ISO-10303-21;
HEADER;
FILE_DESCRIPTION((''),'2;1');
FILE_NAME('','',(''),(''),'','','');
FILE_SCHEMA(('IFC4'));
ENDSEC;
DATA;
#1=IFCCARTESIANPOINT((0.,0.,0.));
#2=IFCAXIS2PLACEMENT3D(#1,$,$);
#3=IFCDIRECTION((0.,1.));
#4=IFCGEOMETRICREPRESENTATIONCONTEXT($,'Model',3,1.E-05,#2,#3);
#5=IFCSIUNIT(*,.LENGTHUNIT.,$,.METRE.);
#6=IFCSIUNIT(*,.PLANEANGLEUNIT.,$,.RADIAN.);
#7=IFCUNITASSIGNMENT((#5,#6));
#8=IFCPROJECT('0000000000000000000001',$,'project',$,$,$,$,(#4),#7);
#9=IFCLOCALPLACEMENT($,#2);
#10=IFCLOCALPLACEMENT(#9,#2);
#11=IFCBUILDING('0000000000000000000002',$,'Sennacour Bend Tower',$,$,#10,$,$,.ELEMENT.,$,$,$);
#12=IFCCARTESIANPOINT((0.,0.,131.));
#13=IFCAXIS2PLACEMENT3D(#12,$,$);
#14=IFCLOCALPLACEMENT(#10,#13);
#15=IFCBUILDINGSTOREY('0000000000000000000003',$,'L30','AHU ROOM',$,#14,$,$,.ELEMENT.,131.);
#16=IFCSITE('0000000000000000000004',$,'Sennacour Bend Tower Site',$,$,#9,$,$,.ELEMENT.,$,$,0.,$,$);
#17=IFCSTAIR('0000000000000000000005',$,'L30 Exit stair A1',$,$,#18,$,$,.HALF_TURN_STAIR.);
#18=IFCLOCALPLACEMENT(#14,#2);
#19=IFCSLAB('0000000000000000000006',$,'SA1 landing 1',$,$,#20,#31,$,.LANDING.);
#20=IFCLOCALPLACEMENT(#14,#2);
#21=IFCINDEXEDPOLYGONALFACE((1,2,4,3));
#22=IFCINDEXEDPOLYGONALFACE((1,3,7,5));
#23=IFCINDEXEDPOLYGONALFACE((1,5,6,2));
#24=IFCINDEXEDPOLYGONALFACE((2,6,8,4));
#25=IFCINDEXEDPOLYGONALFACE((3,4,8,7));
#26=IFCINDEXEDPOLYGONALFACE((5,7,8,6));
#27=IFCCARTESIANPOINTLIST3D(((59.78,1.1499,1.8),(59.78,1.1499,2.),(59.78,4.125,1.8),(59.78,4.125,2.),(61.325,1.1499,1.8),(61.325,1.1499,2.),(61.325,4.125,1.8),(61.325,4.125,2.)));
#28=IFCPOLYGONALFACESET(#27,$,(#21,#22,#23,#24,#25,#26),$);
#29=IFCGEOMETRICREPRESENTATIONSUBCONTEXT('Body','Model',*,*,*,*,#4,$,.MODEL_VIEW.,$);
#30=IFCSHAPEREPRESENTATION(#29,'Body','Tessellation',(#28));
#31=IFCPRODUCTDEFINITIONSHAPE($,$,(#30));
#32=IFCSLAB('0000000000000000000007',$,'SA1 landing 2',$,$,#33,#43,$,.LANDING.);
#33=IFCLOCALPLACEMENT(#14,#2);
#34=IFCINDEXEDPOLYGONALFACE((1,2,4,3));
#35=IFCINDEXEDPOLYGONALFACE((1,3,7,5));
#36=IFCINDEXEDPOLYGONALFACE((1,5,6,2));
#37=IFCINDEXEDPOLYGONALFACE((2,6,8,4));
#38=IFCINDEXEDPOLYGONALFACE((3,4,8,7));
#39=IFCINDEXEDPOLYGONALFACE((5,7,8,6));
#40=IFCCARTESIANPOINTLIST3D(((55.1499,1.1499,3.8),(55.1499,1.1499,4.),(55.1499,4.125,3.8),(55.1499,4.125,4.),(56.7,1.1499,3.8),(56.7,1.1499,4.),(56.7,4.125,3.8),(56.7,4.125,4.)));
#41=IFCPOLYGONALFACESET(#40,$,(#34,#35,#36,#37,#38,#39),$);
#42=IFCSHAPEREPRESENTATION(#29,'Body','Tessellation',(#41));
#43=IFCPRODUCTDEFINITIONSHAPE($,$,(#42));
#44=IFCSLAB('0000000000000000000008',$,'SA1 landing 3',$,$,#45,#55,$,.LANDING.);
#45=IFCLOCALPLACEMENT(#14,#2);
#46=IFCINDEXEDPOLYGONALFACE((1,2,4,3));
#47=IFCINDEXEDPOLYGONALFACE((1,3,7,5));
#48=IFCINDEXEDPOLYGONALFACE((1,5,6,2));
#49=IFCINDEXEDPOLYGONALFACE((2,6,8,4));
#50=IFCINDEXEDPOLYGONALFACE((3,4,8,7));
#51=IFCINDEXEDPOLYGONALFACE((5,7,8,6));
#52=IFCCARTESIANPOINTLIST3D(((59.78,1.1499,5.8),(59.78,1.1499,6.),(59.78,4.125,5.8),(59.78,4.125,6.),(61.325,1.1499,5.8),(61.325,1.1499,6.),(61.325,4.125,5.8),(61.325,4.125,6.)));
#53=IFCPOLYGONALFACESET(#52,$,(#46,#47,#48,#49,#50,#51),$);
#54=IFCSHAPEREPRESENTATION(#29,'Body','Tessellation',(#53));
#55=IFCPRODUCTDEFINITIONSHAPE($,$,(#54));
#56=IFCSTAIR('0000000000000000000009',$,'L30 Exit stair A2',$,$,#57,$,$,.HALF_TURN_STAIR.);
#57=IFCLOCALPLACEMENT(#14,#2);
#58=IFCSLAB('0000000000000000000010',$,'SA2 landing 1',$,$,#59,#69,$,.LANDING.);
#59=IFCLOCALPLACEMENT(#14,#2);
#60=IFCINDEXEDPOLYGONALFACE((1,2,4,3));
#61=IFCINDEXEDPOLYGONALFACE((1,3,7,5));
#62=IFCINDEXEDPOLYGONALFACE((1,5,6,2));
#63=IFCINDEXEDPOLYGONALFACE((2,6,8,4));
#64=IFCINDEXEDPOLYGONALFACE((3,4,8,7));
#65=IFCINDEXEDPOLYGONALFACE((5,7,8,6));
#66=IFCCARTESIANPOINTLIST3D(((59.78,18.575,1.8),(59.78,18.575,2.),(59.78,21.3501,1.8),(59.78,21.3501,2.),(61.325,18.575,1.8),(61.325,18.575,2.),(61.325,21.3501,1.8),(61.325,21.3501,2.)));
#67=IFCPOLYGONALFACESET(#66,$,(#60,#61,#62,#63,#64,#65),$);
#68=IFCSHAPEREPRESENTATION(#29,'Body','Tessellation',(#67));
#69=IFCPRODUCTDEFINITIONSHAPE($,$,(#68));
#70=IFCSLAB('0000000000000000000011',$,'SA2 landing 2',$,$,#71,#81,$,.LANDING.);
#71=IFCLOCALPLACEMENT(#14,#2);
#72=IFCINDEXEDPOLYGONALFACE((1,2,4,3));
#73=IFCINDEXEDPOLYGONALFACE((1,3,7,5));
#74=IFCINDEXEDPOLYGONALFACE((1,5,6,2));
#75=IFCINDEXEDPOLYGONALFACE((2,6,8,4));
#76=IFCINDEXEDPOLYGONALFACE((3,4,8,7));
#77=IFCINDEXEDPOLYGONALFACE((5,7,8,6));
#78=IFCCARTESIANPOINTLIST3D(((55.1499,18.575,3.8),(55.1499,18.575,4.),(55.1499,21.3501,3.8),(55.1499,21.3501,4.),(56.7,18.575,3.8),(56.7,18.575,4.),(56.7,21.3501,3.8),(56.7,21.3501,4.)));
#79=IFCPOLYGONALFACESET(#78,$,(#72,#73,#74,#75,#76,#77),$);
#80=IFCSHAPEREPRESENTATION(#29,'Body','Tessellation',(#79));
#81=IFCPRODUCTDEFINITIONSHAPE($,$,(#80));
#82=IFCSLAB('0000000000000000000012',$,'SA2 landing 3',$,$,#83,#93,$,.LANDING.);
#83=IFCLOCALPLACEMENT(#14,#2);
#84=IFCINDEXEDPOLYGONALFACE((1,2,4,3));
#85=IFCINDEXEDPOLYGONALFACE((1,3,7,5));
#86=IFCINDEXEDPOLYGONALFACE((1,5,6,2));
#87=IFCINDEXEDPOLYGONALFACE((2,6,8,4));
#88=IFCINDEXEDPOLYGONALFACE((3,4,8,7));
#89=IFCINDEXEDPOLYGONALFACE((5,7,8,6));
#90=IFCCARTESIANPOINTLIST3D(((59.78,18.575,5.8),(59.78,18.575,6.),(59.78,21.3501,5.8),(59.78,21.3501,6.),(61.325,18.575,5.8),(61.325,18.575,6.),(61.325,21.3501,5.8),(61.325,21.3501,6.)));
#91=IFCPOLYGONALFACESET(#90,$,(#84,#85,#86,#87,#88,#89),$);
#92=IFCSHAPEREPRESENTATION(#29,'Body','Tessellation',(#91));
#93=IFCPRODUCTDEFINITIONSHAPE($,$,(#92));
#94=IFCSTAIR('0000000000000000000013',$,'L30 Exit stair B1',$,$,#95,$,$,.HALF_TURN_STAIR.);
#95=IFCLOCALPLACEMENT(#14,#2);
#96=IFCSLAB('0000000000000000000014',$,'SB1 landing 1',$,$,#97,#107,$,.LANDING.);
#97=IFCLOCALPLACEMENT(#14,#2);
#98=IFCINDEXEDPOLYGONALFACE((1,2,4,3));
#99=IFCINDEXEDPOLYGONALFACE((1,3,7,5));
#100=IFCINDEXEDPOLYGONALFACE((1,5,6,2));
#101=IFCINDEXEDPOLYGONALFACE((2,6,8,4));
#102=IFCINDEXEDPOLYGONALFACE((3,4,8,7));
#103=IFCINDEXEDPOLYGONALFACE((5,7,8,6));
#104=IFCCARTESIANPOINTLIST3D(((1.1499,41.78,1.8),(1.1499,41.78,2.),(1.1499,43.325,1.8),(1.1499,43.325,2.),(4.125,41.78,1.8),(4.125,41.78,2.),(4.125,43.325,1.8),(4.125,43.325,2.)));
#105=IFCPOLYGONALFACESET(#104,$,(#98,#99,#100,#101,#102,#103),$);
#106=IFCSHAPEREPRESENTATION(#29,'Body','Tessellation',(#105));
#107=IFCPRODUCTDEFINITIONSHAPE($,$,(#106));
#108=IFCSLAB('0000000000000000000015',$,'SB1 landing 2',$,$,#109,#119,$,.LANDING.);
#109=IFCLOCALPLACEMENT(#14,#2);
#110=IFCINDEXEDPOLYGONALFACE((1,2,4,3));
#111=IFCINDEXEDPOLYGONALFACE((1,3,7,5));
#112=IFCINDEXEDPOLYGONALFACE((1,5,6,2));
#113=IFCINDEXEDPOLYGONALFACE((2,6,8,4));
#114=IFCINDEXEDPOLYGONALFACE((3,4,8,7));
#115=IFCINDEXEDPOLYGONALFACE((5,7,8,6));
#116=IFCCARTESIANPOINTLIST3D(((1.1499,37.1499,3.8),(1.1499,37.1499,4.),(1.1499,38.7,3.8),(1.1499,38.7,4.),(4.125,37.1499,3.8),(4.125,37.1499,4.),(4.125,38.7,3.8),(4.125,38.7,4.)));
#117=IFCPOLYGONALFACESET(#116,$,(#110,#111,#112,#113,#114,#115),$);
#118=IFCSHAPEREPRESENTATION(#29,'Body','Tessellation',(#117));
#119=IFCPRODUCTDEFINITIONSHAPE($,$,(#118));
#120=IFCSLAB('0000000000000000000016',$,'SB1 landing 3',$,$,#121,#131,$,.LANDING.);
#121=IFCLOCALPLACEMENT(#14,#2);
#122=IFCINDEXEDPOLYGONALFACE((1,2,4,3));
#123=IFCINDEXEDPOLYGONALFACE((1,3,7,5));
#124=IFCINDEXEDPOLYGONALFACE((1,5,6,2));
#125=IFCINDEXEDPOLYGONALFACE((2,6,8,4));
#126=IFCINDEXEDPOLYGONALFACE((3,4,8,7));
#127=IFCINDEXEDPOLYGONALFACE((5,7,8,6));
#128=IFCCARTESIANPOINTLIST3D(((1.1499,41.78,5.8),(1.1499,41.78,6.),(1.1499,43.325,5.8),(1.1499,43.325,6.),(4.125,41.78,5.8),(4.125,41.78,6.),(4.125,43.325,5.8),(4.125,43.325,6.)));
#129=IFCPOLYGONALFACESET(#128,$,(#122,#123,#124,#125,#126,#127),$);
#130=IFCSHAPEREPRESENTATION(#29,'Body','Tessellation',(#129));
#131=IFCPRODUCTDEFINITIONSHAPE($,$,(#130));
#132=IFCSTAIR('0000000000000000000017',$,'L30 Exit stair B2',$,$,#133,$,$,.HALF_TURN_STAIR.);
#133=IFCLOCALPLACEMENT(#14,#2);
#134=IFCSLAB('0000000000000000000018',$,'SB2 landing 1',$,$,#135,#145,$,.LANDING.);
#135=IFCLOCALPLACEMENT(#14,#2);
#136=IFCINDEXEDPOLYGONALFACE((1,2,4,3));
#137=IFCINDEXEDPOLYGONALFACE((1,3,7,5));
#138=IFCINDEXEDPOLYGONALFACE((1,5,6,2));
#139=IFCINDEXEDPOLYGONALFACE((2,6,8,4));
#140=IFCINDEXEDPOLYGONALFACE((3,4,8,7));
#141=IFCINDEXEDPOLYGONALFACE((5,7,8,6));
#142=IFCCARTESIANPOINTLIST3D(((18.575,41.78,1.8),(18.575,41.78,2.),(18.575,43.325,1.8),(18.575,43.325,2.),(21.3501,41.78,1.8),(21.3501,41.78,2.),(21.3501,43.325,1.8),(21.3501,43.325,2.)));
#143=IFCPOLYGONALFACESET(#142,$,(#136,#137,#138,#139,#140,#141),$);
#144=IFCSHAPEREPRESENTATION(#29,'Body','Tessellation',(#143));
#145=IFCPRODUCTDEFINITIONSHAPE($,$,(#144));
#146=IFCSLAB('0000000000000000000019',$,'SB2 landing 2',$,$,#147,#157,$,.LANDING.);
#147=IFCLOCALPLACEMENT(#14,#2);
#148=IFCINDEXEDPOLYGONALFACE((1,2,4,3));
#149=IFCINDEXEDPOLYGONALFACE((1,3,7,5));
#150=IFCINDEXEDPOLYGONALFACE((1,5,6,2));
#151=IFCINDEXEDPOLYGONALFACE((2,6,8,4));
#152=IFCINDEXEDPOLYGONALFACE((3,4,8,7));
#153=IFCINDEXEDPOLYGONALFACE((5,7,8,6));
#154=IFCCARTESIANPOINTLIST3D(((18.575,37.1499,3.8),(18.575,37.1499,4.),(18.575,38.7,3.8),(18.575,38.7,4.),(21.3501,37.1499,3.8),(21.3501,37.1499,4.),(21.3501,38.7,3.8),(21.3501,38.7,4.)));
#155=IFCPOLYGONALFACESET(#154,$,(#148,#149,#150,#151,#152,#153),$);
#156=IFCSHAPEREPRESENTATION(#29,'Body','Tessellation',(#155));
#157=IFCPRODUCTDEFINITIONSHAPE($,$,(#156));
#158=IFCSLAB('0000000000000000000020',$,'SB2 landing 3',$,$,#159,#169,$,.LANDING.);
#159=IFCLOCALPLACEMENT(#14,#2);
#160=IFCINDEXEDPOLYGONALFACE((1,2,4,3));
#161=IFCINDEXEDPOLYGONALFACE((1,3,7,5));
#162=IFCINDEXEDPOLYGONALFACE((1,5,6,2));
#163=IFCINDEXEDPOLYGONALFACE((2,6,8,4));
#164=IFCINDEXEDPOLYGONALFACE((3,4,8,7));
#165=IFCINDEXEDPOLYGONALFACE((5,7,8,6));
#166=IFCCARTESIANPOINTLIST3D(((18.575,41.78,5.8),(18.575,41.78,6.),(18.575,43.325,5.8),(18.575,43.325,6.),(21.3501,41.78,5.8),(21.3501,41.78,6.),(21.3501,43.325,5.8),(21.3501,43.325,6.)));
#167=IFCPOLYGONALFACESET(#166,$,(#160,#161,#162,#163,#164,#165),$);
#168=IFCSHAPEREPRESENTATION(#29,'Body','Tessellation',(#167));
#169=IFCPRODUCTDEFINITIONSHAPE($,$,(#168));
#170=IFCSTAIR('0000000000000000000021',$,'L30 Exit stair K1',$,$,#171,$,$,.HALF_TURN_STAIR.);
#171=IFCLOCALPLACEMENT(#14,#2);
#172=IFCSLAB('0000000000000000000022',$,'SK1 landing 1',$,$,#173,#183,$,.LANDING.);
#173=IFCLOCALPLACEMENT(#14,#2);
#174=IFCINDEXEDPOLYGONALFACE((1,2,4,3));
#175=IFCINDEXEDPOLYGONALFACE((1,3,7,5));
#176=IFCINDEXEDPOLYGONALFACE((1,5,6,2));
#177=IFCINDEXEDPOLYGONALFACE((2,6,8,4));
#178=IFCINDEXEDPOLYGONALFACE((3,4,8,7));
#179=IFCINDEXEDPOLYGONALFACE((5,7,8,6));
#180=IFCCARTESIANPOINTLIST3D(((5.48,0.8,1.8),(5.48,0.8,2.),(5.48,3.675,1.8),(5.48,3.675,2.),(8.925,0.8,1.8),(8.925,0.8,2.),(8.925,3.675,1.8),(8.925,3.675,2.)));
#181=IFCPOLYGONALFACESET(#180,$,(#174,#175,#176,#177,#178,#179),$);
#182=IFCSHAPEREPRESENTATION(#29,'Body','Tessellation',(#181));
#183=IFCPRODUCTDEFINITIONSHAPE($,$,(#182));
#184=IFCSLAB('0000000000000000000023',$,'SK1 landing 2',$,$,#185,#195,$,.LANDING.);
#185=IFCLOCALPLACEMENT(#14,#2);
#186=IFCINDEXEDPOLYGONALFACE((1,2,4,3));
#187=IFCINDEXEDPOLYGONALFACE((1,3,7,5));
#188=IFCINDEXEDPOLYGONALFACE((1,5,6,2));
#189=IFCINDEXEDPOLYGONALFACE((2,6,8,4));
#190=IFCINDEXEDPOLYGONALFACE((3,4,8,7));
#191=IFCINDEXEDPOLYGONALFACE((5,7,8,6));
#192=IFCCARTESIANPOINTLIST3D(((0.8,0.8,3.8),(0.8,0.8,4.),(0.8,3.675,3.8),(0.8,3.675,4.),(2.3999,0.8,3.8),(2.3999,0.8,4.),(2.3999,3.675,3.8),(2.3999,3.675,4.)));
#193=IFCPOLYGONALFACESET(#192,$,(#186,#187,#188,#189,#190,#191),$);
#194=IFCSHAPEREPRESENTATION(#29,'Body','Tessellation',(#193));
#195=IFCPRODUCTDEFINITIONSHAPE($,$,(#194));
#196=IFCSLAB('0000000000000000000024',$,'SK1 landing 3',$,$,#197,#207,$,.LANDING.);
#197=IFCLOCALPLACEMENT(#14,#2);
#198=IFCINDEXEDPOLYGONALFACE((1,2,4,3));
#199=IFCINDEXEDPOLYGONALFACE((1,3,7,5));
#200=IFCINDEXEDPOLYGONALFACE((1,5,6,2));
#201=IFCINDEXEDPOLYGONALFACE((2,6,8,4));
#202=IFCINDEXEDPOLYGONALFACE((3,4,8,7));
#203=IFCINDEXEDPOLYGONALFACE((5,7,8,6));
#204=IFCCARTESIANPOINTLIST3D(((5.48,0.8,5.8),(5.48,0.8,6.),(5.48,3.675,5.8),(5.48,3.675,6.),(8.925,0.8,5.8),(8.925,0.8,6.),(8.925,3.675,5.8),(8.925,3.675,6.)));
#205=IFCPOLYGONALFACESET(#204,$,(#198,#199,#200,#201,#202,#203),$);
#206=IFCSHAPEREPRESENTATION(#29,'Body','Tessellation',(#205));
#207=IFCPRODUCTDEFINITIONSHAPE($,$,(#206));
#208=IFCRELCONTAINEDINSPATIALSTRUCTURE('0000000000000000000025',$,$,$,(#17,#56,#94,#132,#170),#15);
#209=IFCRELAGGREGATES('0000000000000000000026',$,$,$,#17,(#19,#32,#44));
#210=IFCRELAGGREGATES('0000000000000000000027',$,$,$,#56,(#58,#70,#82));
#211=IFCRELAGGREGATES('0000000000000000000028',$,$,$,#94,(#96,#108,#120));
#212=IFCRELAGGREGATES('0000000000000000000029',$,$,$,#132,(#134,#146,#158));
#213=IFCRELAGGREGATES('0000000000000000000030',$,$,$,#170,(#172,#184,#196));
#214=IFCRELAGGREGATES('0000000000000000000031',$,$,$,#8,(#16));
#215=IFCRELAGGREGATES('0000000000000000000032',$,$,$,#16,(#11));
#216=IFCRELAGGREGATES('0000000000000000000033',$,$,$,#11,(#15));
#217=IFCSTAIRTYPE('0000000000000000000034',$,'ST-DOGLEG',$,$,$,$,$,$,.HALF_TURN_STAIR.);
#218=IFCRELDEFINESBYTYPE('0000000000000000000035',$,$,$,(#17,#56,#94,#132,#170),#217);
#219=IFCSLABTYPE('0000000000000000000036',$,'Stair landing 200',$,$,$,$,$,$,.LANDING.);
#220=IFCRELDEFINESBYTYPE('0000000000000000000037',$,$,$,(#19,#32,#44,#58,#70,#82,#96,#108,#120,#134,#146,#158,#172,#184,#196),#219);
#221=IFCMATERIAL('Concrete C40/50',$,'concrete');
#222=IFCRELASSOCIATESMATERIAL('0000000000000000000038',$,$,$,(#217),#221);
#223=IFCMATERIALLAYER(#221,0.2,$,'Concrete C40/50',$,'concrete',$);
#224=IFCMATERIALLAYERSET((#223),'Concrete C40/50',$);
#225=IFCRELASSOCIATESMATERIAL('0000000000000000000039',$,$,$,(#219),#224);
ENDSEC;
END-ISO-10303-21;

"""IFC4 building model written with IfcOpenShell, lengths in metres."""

from ifc_helpers import new_model, si_unit, direction, frame, origin, place, context, subcontext, project, spatial, polyline, outline, extrude, material, layer, layer_set, type_object, element, aggregate, save


model = new_model("IFC4")

# Units and contexts
model_context = context("Model", 3, precision=1e-05, world=origin(), true_north=direction((0.0, 1.0)))
body_context = subcontext(model_context, "Body", "Model", "MODEL_VIEW")
ifc_project = project(units=[si_unit("LENGTHUNIT", "METRE"), si_unit("PLANEANGLEUNIT", "RADIAN")], contexts=[model_context])

# Site, building, storey
site_placement = place(None, origin())
site = spatial("IfcSite", under=ifc_project, at=site_placement, Name="Sennacour Bend Tower Site", CompositionType="ELEMENT", RefElevation=0.0)
building_placement = place(site_placement, origin())
building = spatial("IfcBuilding", under=site, at=building_placement, Name="Sennacour Bend Tower", CompositionType="ELEMENT")
storey_placement = place(building_placement, frame((0.0, 0.0, 131.0)))
storey = spatial("IfcBuildingStorey", under=building, at=storey_placement, Name="L30", Description="AHU ROOM", CompositionType="ELEMENT", Elevation=131.0)

# Shared definitions
ifc_material_1 = material(Name="Concrete C40/50", Category="concrete")

# Stairs, slabs
stair_type = type_object("IfcStairType", Name="ST-DOGLEG", PredefinedType="HALF_TURN_STAIR", material=ifc_material_1)
stair_1_placement = place(storey_placement, origin())
stair_1 = element("IfcStair", 1, at=stair_1_placement, inside=storey, type_object=stair_type, Name="L30 Exit stair A1", PredefinedType="HALF_TURN_STAIR")
ifc_layer_1 = layer(ifc_material_1, 0.2, Name="Concrete C40/50", Category="concrete")
ifc_layer_set_1 = layer_set([ifc_layer_1], Name="Concrete C40/50")
slab_type_1 = type_object("IfcSlabType", Name="Stair landing 200", PredefinedType="LANDING", material=ifc_layer_set_1)
slab_1_placement = place(storey_placement, frame((0.0, 0.0, 1.8)))
slab_1 = element("IfcSlab", 2, at=slab_1_placement, type_object=slab_type_1, Name="SA1 landing 1", PredefinedType="LANDING", context=body_context, shape_type="SweptSolid", body=[
    extrude(outline(polyline([(59.78, 1.1499), (61.325, 1.1499), (61.325, 4.125), (59.78, 4.125), (59.78, 1.1499)])), origin(), (0.0, 0.0, 1.0), 0.2),
])
slab_2_placement = place(storey_placement, frame((0.0, 0.0, 3.8)))
slab_2 = element("IfcSlab", 3, at=slab_2_placement, type_object=slab_type_1, Name="SA1 landing 2", PredefinedType="LANDING", context=body_context, shape_type="SweptSolid", body=[
    extrude(outline(polyline([(55.1499, 1.1499), (56.7, 1.1499), (56.7, 4.125), (55.1499, 4.125), (55.1499, 1.1499)])), origin(), (0.0, 0.0, 1.0), 0.2),
])
slab_3_placement = place(storey_placement, frame((0.0, 0.0, 5.8)))
slab_3 = element("IfcSlab", 4, at=slab_3_placement, type_object=slab_type_1, Name="SA1 landing 3", PredefinedType="LANDING", context=body_context, shape_type="SweptSolid", body=[
    extrude(outline(polyline([(59.78, 1.1499), (61.325, 1.1499), (61.325, 4.125), (59.78, 4.125), (59.78, 1.1499)])), origin(), (0.0, 0.0, 1.0), 0.2),
])
aggregate(stair_1, [slab_1, slab_2, slab_3])
stair_2_placement = place(storey_placement, origin())
stair_2 = element("IfcStair", 5, at=stair_2_placement, inside=storey, type_object=stair_type, Name="L30 Exit stair A2", PredefinedType="HALF_TURN_STAIR")
slab_4_placement = place(storey_placement, frame((0.0, 0.0, 1.8)))
slab_4 = element("IfcSlab", 6, at=slab_4_placement, type_object=slab_type_1, Name="SA2 landing 1", PredefinedType="LANDING", context=body_context, shape_type="SweptSolid", body=[
    extrude(outline(polyline([(59.78, 18.575), (61.325, 18.575), (61.325, 21.3501), (59.78, 21.3501), (59.78, 18.575)])), origin(), (0.0, 0.0, 1.0), 0.2),
])
slab_5_placement = place(storey_placement, frame((0.0, 0.0, 3.8)))
slab_5 = element("IfcSlab", 7, at=slab_5_placement, type_object=slab_type_1, Name="SA2 landing 2", PredefinedType="LANDING", context=body_context, shape_type="SweptSolid", body=[
    extrude(outline(polyline([(55.1499, 18.575), (56.7, 18.575), (56.7, 21.3501), (55.1499, 21.3501), (55.1499, 18.575)])), origin(), (0.0, 0.0, 1.0), 0.2),
])
slab_6_placement = place(storey_placement, frame((0.0, 0.0, 5.8)))
slab_6 = element("IfcSlab", 8, at=slab_6_placement, type_object=slab_type_1, Name="SA2 landing 3", PredefinedType="LANDING", context=body_context, shape_type="SweptSolid", body=[
    extrude(outline(polyline([(59.78, 18.575), (61.325, 18.575), (61.325, 21.3501), (59.78, 21.3501), (59.78, 18.575)])), origin(), (0.0, 0.0, 1.0), 0.2),
])
aggregate(stair_2, [slab_4, slab_5, slab_6])
stair_3_placement = place(storey_placement, origin())
stair_3 = element("IfcStair", 9, at=stair_3_placement, inside=storey, type_object=stair_type, Name="L30 Exit stair B1", PredefinedType="HALF_TURN_STAIR")
slab_7_placement = place(storey_placement, frame((0.0, 0.0, 1.8)))
slab_7 = element("IfcSlab", 10, at=slab_7_placement, type_object=slab_type_1, Name="SB1 landing 1", PredefinedType="LANDING", context=body_context, shape_type="SweptSolid", body=[
    extrude(outline(polyline([(1.1499, 41.78), (4.125, 41.78), (4.125, 43.325), (1.1499, 43.325), (1.1499, 41.78)])), origin(), (0.0, 0.0, 1.0), 0.2),
])
slab_8_placement = place(storey_placement, frame((0.0, 0.0, 3.8)))
slab_8 = element("IfcSlab", 11, at=slab_8_placement, type_object=slab_type_1, Name="SB1 landing 2", PredefinedType="LANDING", context=body_context, shape_type="SweptSolid", body=[
    extrude(outline(polyline([(1.1499, 37.1499), (4.125, 37.1499), (4.125, 38.7), (1.1499, 38.7), (1.1499, 37.1499)])), origin(), (0.0, 0.0, 1.0), 0.2),
])
slab_9_placement = place(storey_placement, frame((0.0, 0.0, 5.8)))
slab_9 = element("IfcSlab", 12, at=slab_9_placement, type_object=slab_type_1, Name="SB1 landing 3", PredefinedType="LANDING", context=body_context, shape_type="SweptSolid", body=[
    extrude(outline(polyline([(1.1499, 41.78), (4.125, 41.78), (4.125, 43.325), (1.1499, 43.325), (1.1499, 41.78)])), origin(), (0.0, 0.0, 1.0), 0.2),
])
aggregate(stair_3, [slab_7, slab_8, slab_9])
stair_4_placement = place(storey_placement, origin())
stair_4 = element("IfcStair", 13, at=stair_4_placement, inside=storey, type_object=stair_type, Name="L30 Exit stair B2", PredefinedType="HALF_TURN_STAIR")
slab_10_placement = place(storey_placement, frame((0.0, 0.0, 1.8)))
slab_10 = element("IfcSlab", 14, at=slab_10_placement, type_object=slab_type_1, Name="SB2 landing 1", PredefinedType="LANDING", context=body_context, shape_type="SweptSolid", body=[
    extrude(outline(polyline([(18.575, 41.78), (21.3501, 41.78), (21.3501, 43.325), (18.575, 43.325), (18.575, 41.78)])), origin(), (0.0, 0.0, 1.0), 0.2),
])
slab_11_placement = place(storey_placement, frame((0.0, 0.0, 3.8)))
slab_11 = element("IfcSlab", 15, at=slab_11_placement, type_object=slab_type_1, Name="SB2 landing 2", PredefinedType="LANDING", context=body_context, shape_type="SweptSolid", body=[
    extrude(outline(polyline([(18.575, 37.1499), (21.3501, 37.1499), (21.3501, 38.7), (18.575, 38.7), (18.575, 37.1499)])), origin(), (0.0, 0.0, 1.0), 0.2),
])
slab_12_placement = place(storey_placement, frame((0.0, 0.0, 5.8)))
slab_12 = element("IfcSlab", 16, at=slab_12_placement, type_object=slab_type_1, Name="SB2 landing 3", PredefinedType="LANDING", context=body_context, shape_type="SweptSolid", body=[
    extrude(outline(polyline([(18.575, 41.78), (21.3501, 41.78), (21.3501, 43.325), (18.575, 43.325), (18.575, 41.78)])), origin(), (0.0, 0.0, 1.0), 0.2),
])
aggregate(stair_4, [slab_10, slab_11, slab_12])
stair_5_placement = place(storey_placement, origin())
stair_5 = element("IfcStair", 17, at=stair_5_placement, inside=storey, type_object=stair_type, Name="L30 Exit stair K1", PredefinedType="HALF_TURN_STAIR")
slab_13_placement = place(storey_placement, frame((0.0, 0.0, 1.8)))
slab_13 = element("IfcSlab", 18, at=slab_13_placement, type_object=slab_type_1, Name="SK1 landing 1", PredefinedType="LANDING", context=body_context, shape_type="SweptSolid", body=[
    extrude(outline(polyline([(5.48, 0.8), (8.925, 0.8), (8.925, 3.675), (5.48, 3.675), (5.48, 0.8)])), origin(), (0.0, 0.0, 1.0), 0.2),
])
slab_14_placement = place(storey_placement, frame((0.0, 0.0, 3.8)))
slab_14 = element("IfcSlab", 19, at=slab_14_placement, type_object=slab_type_1, Name="SK1 landing 2", PredefinedType="LANDING", context=body_context, shape_type="SweptSolid", body=[
    extrude(outline(polyline([(0.8, 0.8), (2.3999, 0.8), (2.3999, 3.675), (0.8, 3.675), (0.8, 0.8)])), origin(), (0.0, 0.0, 1.0), 0.2),
])
slab_15_placement = place(storey_placement, frame((0.0, 0.0, 5.8)))
slab_15 = element("IfcSlab", 20, at=slab_15_placement, type_object=slab_type_1, Name="SK1 landing 3", PredefinedType="LANDING", context=body_context, shape_type="SweptSolid", body=[
    extrude(outline(polyline([(5.48, 0.8), (8.925, 0.8), (8.925, 3.675), (5.48, 3.675), (5.48, 0.8)])), origin(), (0.0, 0.0, 1.0), 0.2),
])
aggregate(stair_5, [slab_13, slab_14, slab_15])

save(model, "model.ifc")
